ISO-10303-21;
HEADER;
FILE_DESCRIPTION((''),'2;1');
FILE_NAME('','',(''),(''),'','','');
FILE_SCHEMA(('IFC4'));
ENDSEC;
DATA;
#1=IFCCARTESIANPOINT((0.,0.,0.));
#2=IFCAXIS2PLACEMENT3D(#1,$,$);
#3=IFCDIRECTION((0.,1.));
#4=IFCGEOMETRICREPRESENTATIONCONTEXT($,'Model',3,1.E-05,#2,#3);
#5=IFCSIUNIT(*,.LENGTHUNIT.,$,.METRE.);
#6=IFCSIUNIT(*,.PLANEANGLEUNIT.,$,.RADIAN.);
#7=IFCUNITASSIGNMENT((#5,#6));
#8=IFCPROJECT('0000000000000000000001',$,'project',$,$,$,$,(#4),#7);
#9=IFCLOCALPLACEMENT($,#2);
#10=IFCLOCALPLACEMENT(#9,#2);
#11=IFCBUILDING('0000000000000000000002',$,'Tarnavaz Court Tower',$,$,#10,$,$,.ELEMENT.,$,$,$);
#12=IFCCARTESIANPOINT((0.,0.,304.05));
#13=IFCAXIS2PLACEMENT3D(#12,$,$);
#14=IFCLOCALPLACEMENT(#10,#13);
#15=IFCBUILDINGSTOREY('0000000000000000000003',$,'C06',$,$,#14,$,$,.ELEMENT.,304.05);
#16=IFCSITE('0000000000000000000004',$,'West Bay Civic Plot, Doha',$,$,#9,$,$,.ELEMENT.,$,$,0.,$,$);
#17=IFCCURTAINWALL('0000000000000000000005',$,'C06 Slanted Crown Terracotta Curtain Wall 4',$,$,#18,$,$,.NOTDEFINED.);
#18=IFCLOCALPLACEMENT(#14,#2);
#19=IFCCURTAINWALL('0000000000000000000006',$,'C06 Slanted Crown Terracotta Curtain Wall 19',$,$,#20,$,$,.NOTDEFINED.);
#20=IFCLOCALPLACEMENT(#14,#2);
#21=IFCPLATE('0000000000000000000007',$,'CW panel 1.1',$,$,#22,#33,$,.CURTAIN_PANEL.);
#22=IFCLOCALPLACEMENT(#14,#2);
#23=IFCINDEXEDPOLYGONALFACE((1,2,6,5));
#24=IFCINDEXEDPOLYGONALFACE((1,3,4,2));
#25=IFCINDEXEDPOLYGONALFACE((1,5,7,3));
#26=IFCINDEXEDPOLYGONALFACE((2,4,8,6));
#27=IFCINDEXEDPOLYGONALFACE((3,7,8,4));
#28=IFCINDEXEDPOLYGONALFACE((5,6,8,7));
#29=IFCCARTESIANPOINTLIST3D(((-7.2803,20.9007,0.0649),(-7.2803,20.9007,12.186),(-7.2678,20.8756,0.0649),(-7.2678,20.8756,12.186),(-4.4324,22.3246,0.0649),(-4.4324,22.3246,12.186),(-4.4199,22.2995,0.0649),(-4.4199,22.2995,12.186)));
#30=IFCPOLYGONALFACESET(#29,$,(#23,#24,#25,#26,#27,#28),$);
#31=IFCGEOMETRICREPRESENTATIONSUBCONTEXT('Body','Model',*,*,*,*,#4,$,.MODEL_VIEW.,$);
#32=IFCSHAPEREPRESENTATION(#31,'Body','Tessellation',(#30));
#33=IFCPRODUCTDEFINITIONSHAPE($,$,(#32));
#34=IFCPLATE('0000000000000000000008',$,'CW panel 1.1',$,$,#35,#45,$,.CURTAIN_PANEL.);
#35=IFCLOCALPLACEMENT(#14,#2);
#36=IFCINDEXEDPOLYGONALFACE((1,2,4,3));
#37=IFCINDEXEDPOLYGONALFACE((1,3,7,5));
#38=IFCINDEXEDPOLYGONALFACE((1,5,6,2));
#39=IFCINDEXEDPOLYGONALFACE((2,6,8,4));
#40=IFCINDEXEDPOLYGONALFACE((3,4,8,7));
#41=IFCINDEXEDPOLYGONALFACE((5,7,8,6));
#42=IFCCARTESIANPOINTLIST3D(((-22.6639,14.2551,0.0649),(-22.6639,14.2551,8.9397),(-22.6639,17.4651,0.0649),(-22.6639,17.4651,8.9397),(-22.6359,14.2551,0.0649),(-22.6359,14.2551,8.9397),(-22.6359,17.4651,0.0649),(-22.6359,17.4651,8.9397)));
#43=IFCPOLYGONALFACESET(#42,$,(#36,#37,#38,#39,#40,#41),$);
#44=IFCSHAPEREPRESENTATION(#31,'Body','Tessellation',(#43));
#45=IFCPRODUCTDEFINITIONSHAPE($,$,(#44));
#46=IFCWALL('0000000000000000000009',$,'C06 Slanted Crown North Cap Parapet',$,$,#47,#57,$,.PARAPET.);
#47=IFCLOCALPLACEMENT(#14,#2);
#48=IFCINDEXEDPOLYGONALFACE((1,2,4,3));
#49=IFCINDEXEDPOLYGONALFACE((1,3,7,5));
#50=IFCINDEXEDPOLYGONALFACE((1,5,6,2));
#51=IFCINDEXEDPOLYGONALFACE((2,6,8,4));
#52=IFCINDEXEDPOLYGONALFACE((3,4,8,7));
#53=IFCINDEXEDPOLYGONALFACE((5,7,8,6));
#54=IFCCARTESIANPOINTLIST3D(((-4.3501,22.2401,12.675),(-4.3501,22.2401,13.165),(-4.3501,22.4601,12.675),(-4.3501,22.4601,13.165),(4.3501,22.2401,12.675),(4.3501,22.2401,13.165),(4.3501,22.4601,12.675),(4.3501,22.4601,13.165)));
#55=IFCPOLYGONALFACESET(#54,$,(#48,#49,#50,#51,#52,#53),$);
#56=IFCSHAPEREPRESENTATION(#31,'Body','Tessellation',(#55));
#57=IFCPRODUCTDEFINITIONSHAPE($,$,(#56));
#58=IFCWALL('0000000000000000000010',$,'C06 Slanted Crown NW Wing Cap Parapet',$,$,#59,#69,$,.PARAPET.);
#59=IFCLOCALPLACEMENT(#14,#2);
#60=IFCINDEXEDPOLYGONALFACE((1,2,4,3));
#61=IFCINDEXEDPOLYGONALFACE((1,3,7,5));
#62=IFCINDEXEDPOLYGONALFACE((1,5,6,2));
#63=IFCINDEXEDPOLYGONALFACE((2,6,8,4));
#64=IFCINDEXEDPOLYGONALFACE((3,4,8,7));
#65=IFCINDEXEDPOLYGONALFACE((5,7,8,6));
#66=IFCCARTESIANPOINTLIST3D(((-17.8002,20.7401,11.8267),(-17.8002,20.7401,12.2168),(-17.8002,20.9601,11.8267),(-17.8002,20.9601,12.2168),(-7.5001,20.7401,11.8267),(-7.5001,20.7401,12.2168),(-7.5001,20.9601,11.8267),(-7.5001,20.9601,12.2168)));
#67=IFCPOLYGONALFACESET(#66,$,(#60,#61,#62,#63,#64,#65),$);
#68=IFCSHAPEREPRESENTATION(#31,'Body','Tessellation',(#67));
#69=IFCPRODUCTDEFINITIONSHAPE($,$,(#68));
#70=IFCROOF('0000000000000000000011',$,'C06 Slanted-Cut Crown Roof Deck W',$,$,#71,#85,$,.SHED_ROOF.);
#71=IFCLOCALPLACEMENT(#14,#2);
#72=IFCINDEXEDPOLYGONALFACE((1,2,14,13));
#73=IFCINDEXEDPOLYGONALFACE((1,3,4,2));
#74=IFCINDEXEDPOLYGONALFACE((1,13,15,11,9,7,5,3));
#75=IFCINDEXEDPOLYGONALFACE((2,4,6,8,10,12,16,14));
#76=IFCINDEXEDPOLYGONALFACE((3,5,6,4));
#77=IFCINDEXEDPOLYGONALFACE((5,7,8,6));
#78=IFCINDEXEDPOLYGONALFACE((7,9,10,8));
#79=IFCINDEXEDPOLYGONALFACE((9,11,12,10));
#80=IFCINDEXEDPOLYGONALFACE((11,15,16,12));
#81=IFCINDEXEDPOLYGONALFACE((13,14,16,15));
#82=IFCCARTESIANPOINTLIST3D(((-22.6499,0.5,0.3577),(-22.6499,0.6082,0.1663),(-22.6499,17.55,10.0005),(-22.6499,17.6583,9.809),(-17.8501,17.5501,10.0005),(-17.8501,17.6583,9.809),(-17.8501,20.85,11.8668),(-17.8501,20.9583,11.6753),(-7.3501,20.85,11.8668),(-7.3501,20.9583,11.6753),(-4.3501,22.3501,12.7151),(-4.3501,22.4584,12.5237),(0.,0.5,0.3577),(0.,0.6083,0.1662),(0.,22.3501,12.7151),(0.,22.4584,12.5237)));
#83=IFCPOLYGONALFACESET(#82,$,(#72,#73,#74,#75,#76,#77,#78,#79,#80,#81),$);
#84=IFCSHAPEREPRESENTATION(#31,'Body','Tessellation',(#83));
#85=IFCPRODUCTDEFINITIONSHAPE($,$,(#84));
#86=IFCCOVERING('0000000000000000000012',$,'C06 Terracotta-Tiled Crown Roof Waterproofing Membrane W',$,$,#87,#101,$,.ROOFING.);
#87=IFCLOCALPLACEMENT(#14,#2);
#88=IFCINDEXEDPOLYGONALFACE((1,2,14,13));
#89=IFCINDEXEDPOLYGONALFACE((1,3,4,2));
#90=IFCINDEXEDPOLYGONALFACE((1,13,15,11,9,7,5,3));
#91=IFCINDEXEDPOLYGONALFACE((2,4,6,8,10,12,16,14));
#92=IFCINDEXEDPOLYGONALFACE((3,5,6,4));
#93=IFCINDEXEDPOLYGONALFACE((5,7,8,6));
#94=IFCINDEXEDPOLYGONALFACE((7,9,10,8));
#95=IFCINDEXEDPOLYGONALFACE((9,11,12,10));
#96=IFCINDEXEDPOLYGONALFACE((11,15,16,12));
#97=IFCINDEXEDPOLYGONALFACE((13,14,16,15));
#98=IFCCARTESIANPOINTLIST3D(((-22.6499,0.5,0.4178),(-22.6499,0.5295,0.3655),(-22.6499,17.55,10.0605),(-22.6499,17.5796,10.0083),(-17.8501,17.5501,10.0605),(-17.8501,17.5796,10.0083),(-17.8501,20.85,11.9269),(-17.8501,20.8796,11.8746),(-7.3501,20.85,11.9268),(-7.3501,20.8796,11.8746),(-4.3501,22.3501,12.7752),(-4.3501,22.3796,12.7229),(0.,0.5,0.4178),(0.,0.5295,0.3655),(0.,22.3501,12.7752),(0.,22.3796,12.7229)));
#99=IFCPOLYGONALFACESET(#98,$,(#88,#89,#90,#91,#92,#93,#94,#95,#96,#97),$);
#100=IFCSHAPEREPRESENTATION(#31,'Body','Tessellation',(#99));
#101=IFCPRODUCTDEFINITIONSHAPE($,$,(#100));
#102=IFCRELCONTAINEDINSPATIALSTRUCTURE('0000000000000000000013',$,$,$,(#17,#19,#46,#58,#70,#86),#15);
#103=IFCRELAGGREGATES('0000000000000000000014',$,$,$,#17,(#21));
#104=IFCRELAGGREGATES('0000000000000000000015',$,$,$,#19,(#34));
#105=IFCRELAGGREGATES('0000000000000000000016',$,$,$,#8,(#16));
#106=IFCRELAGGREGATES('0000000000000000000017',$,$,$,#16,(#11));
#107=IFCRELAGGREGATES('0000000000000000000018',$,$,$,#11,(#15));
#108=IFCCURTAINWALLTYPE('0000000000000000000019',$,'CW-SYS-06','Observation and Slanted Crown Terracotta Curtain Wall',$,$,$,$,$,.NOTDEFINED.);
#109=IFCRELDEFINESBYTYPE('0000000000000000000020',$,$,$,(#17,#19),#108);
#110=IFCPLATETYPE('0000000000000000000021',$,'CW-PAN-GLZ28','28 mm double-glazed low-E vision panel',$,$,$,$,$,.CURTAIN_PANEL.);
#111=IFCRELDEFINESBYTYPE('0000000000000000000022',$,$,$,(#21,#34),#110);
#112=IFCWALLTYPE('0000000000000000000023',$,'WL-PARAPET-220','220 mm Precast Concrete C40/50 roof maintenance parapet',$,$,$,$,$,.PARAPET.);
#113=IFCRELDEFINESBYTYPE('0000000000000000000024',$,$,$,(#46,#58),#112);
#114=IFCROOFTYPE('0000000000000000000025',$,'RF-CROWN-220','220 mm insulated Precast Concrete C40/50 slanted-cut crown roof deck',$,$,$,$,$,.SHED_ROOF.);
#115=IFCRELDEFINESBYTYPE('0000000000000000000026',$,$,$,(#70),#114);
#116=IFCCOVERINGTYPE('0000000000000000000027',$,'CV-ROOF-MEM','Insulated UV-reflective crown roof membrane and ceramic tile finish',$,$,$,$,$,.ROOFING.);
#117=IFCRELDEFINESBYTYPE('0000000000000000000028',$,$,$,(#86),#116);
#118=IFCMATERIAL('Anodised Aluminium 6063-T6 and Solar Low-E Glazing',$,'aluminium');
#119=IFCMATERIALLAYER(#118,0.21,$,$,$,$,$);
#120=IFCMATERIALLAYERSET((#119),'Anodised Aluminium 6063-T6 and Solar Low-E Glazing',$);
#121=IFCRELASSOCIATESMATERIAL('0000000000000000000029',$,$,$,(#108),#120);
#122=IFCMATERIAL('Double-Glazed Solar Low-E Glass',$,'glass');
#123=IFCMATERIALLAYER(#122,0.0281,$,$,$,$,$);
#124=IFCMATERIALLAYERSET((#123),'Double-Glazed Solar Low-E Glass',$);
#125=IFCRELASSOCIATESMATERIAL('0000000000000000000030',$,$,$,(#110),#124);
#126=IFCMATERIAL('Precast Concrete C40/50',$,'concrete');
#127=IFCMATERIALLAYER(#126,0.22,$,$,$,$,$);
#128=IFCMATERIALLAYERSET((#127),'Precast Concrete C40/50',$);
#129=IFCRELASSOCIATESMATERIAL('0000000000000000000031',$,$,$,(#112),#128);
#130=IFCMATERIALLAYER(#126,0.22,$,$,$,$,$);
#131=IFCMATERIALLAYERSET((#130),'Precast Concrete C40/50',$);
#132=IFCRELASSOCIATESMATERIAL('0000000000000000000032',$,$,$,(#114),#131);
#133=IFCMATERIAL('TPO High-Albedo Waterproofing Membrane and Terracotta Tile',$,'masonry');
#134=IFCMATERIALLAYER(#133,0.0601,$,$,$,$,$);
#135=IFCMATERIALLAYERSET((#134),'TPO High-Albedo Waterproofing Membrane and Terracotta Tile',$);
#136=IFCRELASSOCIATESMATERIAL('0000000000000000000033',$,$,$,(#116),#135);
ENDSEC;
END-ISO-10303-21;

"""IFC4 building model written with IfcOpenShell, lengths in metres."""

from ifc_helpers import new_model, si_unit, direction, frame, frame_2d, origin, origin_2d, place, context, subcontext, project, spatial, polyline, rectangle, outline, extrude, material, layer, layer_set, type_object, element, aggregate, save


model = new_model("IFC4")

# Units and contexts
model_context = context("Model", 3, precision=1e-05, world=origin(), true_north=direction((0.0, 1.0)))
body_context = subcontext(model_context, "Body", "Model", "MODEL_VIEW")
ifc_project = project(units=[si_unit("LENGTHUNIT", "METRE"), si_unit("PLANEANGLEUNIT", "RADIAN")], contexts=[model_context])

# Site, building, storey
site_placement = place(None, origin())
site = spatial("IfcSite", under=ifc_project, at=site_placement, Name="West Bay Civic Plot, Doha", CompositionType="ELEMENT", RefElevation=0.0)
building_placement = place(site_placement, origin())
building = spatial("IfcBuilding", under=site, at=building_placement, Name="Tarnavaz Court Tower", CompositionType="ELEMENT")
storey_placement = place(building_placement, frame((0.0, 0.0, 304.05)))
storey = spatial("IfcBuildingStorey", under=building, at=storey_placement, Name="C06", CompositionType="ELEMENT", Elevation=304.05)

# Curtain wall
ifc_material_1 = material(Name="Anodised Aluminium 6063-T6 and Solar Low-E Glazing", Category="aluminium")
ifc_layer_1 = layer(ifc_material_1, 0.21)
ifc_layer_set_1 = layer_set([ifc_layer_1], Name="Anodised Aluminium 6063-T6 and Solar Low-E Glazing")
curtain_wall_type = type_object("IfcCurtainWallType", Name="CW-SYS-06", Description="Observation and Slanted Crown Terracotta Curtain Wall", PredefinedType="NOTDEFINED", material=ifc_layer_set_1)
curtain_wall_1_placement = place(storey_placement, origin())
curtain_wall_1 = element("IfcCurtainWall", 1, at=curtain_wall_1_placement, inside=storey, type_object=curtain_wall_type, Name="C06 Slanted Crown Terracotta Curtain Wall 4", PredefinedType="NOTDEFINED")

# Curtain wall
curtain_wall_2_placement = place(storey_placement, origin())
curtain_wall_2 = element("IfcCurtainWall", 2, at=curtain_wall_2_placement, inside=storey, type_object=curtain_wall_type, Name="C06 Slanted Crown Terracotta Curtain Wall 19", PredefinedType="NOTDEFINED")

# Plates
ifc_material_2 = material(Name="Double-Glazed Solar Low-E Glass", Category="glass")
ifc_layer_2 = layer(ifc_material_2, 0.0281)
ifc_layer_set_2 = layer_set([ifc_layer_2], Name="Double-Glazed Solar Low-E Glass")
plate_type = type_object("IfcPlateType", Name="CW-PAN-GLZ28", Description="28 mm double-glazed low-E vision panel", PredefinedType="CURTAIN_PANEL", material=ifc_layer_set_2)
plate_1_placement = place(storey_placement, frame((-5.8501, 21.6001, 0.0649), z_axis=(0.0, 0.0, 1.0), x_axis=(0.894427, 0.447214, 0.0)))
plate_1 = element("IfcPlate", 3, at=plate_1_placement, type_object=plate_type, Name="CW panel 1.1", PredefinedType="CURTAIN_PANEL", context=body_context, shape_type="SweptSolid", body=[
    extrude(rectangle(XDim=3.1841, YDim=0.0281, at=origin_2d()), origin(), (0.0, 0.0, 1.0), 12.1211),
])
aggregate(curtain_wall_1, [plate_1])
plate_2_placement = place(storey_placement, frame((-22.6499, 15.8601, 0.0649), z_axis=(0.0, 0.0, 1.0), x_axis=(0.0, 1.0, 0.0)))
plate_2 = element("IfcPlate", 4, at=plate_2_placement, type_object=plate_type, Name="CW panel 1.1", PredefinedType="CURTAIN_PANEL", context=body_context, shape_type="SweptSolid", body=[
    extrude(rectangle(XDim=3.21, YDim=0.0281, at=origin_2d()), origin(), (0.0, 0.0, 1.0), 8.8748),
])
aggregate(curtain_wall_2, [plate_2])

# Walls
ifc_material_3 = material(Name="Precast Concrete C40/50", Category="concrete")
ifc_layer_3 = layer(ifc_material_3, 0.22)
ifc_layer_set_3 = layer_set([ifc_layer_3], Name="Precast Concrete C40/50")
wall_type = type_object("IfcWallType", Name="WL-PARAPET-220", Description="220 mm Precast Concrete C40/50 roof maintenance parapet", PredefinedType="PARAPET", material=ifc_layer_set_3)
wall_1_placement = place(storey_placement, frame((-4.3501, 22.3501, 12.675), z_axis=(0.0, 0.0, 1.0), x_axis=(1.0, 0.0, 0.0)))
element("IfcWall", 5, at=wall_1_placement, inside=storey, type_object=wall_type, Name="C06 Slanted Crown North Cap Parapet", PredefinedType="PARAPET", context=body_context, shape_type="SweptSolid", body=[
    extrude(rectangle(XDim=8.7002, YDim=0.22, at=frame_2d((4.3501, 0.0))), origin(), (0.0, 0.0, 1.0), 0.49),
])
wall_2_placement = place(storey_placement, frame((-17.8, 20.8501, 11.8267), z_axis=(0.0, 0.0, 1.0), x_axis=(1.0, 0.0, 0.0)))
element("IfcWall", 6, at=wall_2_placement, inside=storey, type_object=wall_type, Name="C06 Slanted Crown NW Wing Cap Parapet", PredefinedType="PARAPET", context=body_context, shape_type="SweptSolid", body=[
    extrude(rectangle(XDim=10.3, YDim=0.22, at=frame_2d((5.1499, 0.0))), origin(), (0.0, 0.0, 1.0), 0.3901),
])

# Roof
ifc_layer_4 = layer(ifc_material_3, 0.22)
ifc_layer_set_4 = layer_set([ifc_layer_4], Name="Precast Concrete C40/50")
roof_type = type_object("IfcRoofType", Name="RF-CROWN-220", Description="220 mm insulated Precast Concrete C40/50 slanted-cut crown roof deck", PredefinedType="SHED_ROOF", material=ifc_layer_set_4)
roof_placement = place(storey_placement, frame((-22.6499, 17.55, 10.0005), z_axis=(0.000001, -0.492279, 0.870437), x_axis=(1.0, 0.000001, -0.000001)))
element("IfcRoof", 7, at=roof_placement, inside=storey, type_object=roof_type, Name="C06 Slanted-Cut Crown Roof Deck W", PredefinedType="SHED_ROOF", context=body_context, shape_type="SweptSolid", body=[
    extrude(outline(polyline([(0.0, 0.0), (4.7998, 0.0), (4.7998, 3.7912), (15.2998, 3.7912), (18.2998, 5.5145), (22.6499, 5.5145), (22.6499, -19.588), (0.0, -19.588), (0.0, 0.0)])), origin(), (0.0, 0.0, -1.0), 0.22),
])

# Covering
ifc_material_4 = material(Name="TPO High-Albedo Waterproofing Membrane and Terracotta Tile", Category="masonry")
ifc_layer_5 = layer(ifc_material_4, 0.0601)
ifc_layer_set_5 = layer_set([ifc_layer_5], Name="TPO High-Albedo Waterproofing Membrane and Terracotta Tile")
covering_type = type_object("IfcCoveringType", Name="CV-ROOF-MEM", Description="Insulated UV-reflective crown roof membrane and ceramic tile finish", PredefinedType="ROOFING", material=ifc_layer_set_5)
covering_placement = place(storey_placement, frame((-22.6499, 17.55, 10.0605), z_axis=(0.000001, -0.492279, 0.870437), x_axis=(1.0, 0.000001, -0.000001)))
element("IfcCovering", 8, at=covering_placement, inside=storey, type_object=covering_type, Name="C06 Terracotta-Tiled Crown Roof Waterproofing Membrane W", PredefinedType="ROOFING", context=body_context, shape_type="SweptSolid", body=[
    extrude(outline(polyline([(0.0, 0.0), (4.7998, 0.0), (4.7998, 3.7912), (15.2998, 3.7912), (18.2998, 5.5145), (22.6499, 5.5145), (22.6499, -19.588), (0.0, -19.588), (0.0, 0.0)])), origin(), (0.0, 0.0, -1.0), 0.0601),
])

save(model, "model.ifc")
